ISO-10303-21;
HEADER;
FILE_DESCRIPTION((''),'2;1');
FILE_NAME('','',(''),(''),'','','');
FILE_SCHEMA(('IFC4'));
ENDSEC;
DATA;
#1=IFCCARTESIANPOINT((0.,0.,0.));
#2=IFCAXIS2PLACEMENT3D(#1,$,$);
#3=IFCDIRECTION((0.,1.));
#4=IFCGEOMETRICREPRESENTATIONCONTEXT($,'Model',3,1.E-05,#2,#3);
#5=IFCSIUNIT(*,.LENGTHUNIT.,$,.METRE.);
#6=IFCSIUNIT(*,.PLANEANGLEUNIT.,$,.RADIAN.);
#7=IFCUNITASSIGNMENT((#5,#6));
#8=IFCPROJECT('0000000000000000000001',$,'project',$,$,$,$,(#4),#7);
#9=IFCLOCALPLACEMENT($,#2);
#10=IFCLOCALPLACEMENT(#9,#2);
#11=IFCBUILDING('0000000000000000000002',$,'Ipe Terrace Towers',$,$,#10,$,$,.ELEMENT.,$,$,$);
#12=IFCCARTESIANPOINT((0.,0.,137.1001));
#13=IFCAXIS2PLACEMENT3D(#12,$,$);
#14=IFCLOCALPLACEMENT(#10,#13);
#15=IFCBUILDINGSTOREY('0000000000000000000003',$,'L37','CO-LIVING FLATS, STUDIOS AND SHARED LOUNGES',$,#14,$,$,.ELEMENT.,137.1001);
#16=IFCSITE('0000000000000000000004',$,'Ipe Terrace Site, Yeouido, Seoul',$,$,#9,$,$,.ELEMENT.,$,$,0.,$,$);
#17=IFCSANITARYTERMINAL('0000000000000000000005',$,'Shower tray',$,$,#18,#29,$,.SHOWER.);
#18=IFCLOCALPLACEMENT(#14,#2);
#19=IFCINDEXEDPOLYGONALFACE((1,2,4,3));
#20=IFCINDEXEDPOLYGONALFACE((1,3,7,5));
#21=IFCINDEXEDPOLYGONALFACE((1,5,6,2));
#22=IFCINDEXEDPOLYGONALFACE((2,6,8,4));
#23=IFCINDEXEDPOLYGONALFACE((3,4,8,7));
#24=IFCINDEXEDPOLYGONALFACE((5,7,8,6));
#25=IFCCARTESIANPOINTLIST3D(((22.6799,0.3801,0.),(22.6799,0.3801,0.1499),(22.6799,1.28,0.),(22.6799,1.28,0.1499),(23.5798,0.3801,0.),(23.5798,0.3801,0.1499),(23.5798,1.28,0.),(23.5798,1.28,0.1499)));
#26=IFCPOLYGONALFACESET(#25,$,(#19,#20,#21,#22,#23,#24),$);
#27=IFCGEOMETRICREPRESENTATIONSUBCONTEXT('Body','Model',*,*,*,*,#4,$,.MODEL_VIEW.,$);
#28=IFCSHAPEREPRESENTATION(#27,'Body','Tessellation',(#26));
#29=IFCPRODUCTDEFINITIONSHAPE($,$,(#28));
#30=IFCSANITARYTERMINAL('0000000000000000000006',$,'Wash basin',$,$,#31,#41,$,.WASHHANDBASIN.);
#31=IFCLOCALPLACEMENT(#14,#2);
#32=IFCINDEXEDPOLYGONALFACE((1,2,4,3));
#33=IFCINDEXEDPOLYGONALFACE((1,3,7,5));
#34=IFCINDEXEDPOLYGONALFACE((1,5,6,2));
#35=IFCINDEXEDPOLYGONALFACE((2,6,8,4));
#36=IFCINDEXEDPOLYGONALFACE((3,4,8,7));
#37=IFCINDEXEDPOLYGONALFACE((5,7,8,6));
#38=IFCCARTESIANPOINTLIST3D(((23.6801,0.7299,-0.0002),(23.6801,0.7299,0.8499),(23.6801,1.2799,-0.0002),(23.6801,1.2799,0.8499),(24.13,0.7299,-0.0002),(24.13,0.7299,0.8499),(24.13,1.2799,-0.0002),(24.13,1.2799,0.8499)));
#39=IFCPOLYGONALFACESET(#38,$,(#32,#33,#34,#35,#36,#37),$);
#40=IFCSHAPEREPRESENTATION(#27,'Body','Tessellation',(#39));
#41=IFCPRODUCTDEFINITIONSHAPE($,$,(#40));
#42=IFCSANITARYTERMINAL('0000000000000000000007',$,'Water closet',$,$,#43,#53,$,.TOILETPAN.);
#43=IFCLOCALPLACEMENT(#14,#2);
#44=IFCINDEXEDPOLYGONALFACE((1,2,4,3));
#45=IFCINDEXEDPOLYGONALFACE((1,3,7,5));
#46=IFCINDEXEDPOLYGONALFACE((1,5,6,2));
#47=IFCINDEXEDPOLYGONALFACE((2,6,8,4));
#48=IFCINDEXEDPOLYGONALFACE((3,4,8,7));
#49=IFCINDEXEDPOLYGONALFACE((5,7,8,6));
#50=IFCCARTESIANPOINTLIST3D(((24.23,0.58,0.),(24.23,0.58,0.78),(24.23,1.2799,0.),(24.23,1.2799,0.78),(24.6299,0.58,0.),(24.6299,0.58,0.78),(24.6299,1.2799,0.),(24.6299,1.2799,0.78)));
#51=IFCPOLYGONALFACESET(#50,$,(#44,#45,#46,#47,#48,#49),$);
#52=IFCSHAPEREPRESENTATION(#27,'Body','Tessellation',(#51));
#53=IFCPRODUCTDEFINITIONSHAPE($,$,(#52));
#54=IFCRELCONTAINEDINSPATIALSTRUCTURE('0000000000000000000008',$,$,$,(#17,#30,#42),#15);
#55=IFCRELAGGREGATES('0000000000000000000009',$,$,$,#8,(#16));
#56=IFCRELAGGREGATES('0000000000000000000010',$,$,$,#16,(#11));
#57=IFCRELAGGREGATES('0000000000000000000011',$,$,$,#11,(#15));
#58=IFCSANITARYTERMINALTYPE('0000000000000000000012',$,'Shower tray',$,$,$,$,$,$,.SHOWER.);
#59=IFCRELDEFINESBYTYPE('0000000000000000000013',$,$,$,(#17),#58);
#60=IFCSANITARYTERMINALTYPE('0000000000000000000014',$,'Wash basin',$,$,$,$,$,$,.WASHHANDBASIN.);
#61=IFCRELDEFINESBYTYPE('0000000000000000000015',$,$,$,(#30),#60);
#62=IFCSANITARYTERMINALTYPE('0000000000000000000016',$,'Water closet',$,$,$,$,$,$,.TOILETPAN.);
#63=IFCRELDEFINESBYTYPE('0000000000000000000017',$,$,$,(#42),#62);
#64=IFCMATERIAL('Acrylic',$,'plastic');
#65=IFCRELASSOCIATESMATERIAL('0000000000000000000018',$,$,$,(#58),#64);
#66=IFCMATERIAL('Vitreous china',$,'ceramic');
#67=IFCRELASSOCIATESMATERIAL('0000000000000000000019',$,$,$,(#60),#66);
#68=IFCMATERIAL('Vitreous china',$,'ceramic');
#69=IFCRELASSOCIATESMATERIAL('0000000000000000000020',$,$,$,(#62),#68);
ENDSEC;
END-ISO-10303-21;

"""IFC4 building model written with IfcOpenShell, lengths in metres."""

from ifc_helpers import new_model, si_unit, direction, frame, origin, origin_2d, place, context, subcontext, project, spatial, rectangle, extrude, material, type_object, element, save


model = new_model("IFC4")

# Units and contexts
model_context = context("Model", 3, precision=1e-05, world=origin(), true_north=direction((0.0, 1.0)))
body_context = subcontext(model_context, "Body", "Model", "MODEL_VIEW")
ifc_project = project(units=[si_unit("LENGTHUNIT", "METRE"), si_unit("PLANEANGLEUNIT", "RADIAN")], contexts=[model_context])

# Site, building, storey
site_placement = place(None, origin())
site = spatial("IfcSite", under=ifc_project, at=site_placement, Name="Ipe Terrace Site, Yeouido, Seoul", CompositionType="ELEMENT", RefElevation=0.0)
building_placement = place(site_placement, origin())
building = spatial("IfcBuilding", under=site, at=building_placement, Name="Ipe Terrace Towers", CompositionType="ELEMENT")
storey_placement = place(building_placement, frame((0.0, 0.0, 137.1001)))
storey = spatial("IfcBuildingStorey", under=building, at=storey_placement, Name="L37", Description="CO-LIVING FLATS, STUDIOS AND SHARED LOUNGES", CompositionType="ELEMENT", Elevation=137.1001)

# Sanitary terminals
ifc_material_1 = material(Name="Acrylic", Category="plastic")
sanitary_terminal_type_1 = type_object("IfcSanitaryTerminalType", Name="Shower tray", PredefinedType="SHOWER", material=ifc_material_1)
sanitary_terminal_1_placement = place(storey_placement, frame((23.1299, 0.8301, 0.0), z_axis=(0.0, 0.0, 1.0), x_axis=(0.0, -1.0, 0.0)))
element("IfcSanitaryTerminal", 1, at=sanitary_terminal_1_placement, inside=storey, type_object=sanitary_terminal_type_1, Name="Shower tray", PredefinedType="SHOWER", context=body_context, shape_type="SweptSolid", body=[
    extrude(rectangle(XDim=0.8999, YDim=0.8999, at=origin_2d()), origin(), (0.0, 0.0, 1.0), 0.1499),
])
ifc_material_2 = material(Name="Vitreous china", Category="ceramic")
sanitary_terminal_type_2 = type_object("IfcSanitaryTerminalType", Name="Wash basin", PredefinedType="WASHHANDBASIN", material=ifc_material_2)
sanitary_terminal_2_placement = place(storey_placement, frame((23.905, 1.0049, -0.0002), z_axis=(0.0, 0.0, 1.0), x_axis=(0.0, -1.0, 0.0)))
element("IfcSanitaryTerminal", 2, at=sanitary_terminal_2_placement, inside=storey, type_object=sanitary_terminal_type_2, Name="Wash basin", PredefinedType="WASHHANDBASIN", context=body_context, shape_type="SweptSolid", body=[
    extrude(rectangle(XDim=0.55, YDim=0.45, at=origin_2d()), origin(), (0.0, 0.0, 1.0), 0.8501),
])
ifc_material_3 = material(Name="Vitreous china", Category="ceramic")
sanitary_terminal_type_3 = type_object("IfcSanitaryTerminalType", Name="Water closet", PredefinedType="TOILETPAN", material=ifc_material_3)
sanitary_terminal_3_placement = place(storey_placement, frame((24.4299, 0.9299, 0.0), z_axis=(0.0, 0.0, 1.0), x_axis=(0.0, -1.0, 0.0)))
element("IfcSanitaryTerminal", 3, at=sanitary_terminal_3_placement, inside=storey, type_object=sanitary_terminal_type_3, Name="Water closet", PredefinedType="TOILETPAN", context=body_context, shape_type="SweptSolid", body=[
    extrude(rectangle(XDim=0.7, YDim=0.3999, at=origin_2d()), origin(), (0.0, 0.0, 1.0), 0.78),
])

save(model, "model.ifc")
